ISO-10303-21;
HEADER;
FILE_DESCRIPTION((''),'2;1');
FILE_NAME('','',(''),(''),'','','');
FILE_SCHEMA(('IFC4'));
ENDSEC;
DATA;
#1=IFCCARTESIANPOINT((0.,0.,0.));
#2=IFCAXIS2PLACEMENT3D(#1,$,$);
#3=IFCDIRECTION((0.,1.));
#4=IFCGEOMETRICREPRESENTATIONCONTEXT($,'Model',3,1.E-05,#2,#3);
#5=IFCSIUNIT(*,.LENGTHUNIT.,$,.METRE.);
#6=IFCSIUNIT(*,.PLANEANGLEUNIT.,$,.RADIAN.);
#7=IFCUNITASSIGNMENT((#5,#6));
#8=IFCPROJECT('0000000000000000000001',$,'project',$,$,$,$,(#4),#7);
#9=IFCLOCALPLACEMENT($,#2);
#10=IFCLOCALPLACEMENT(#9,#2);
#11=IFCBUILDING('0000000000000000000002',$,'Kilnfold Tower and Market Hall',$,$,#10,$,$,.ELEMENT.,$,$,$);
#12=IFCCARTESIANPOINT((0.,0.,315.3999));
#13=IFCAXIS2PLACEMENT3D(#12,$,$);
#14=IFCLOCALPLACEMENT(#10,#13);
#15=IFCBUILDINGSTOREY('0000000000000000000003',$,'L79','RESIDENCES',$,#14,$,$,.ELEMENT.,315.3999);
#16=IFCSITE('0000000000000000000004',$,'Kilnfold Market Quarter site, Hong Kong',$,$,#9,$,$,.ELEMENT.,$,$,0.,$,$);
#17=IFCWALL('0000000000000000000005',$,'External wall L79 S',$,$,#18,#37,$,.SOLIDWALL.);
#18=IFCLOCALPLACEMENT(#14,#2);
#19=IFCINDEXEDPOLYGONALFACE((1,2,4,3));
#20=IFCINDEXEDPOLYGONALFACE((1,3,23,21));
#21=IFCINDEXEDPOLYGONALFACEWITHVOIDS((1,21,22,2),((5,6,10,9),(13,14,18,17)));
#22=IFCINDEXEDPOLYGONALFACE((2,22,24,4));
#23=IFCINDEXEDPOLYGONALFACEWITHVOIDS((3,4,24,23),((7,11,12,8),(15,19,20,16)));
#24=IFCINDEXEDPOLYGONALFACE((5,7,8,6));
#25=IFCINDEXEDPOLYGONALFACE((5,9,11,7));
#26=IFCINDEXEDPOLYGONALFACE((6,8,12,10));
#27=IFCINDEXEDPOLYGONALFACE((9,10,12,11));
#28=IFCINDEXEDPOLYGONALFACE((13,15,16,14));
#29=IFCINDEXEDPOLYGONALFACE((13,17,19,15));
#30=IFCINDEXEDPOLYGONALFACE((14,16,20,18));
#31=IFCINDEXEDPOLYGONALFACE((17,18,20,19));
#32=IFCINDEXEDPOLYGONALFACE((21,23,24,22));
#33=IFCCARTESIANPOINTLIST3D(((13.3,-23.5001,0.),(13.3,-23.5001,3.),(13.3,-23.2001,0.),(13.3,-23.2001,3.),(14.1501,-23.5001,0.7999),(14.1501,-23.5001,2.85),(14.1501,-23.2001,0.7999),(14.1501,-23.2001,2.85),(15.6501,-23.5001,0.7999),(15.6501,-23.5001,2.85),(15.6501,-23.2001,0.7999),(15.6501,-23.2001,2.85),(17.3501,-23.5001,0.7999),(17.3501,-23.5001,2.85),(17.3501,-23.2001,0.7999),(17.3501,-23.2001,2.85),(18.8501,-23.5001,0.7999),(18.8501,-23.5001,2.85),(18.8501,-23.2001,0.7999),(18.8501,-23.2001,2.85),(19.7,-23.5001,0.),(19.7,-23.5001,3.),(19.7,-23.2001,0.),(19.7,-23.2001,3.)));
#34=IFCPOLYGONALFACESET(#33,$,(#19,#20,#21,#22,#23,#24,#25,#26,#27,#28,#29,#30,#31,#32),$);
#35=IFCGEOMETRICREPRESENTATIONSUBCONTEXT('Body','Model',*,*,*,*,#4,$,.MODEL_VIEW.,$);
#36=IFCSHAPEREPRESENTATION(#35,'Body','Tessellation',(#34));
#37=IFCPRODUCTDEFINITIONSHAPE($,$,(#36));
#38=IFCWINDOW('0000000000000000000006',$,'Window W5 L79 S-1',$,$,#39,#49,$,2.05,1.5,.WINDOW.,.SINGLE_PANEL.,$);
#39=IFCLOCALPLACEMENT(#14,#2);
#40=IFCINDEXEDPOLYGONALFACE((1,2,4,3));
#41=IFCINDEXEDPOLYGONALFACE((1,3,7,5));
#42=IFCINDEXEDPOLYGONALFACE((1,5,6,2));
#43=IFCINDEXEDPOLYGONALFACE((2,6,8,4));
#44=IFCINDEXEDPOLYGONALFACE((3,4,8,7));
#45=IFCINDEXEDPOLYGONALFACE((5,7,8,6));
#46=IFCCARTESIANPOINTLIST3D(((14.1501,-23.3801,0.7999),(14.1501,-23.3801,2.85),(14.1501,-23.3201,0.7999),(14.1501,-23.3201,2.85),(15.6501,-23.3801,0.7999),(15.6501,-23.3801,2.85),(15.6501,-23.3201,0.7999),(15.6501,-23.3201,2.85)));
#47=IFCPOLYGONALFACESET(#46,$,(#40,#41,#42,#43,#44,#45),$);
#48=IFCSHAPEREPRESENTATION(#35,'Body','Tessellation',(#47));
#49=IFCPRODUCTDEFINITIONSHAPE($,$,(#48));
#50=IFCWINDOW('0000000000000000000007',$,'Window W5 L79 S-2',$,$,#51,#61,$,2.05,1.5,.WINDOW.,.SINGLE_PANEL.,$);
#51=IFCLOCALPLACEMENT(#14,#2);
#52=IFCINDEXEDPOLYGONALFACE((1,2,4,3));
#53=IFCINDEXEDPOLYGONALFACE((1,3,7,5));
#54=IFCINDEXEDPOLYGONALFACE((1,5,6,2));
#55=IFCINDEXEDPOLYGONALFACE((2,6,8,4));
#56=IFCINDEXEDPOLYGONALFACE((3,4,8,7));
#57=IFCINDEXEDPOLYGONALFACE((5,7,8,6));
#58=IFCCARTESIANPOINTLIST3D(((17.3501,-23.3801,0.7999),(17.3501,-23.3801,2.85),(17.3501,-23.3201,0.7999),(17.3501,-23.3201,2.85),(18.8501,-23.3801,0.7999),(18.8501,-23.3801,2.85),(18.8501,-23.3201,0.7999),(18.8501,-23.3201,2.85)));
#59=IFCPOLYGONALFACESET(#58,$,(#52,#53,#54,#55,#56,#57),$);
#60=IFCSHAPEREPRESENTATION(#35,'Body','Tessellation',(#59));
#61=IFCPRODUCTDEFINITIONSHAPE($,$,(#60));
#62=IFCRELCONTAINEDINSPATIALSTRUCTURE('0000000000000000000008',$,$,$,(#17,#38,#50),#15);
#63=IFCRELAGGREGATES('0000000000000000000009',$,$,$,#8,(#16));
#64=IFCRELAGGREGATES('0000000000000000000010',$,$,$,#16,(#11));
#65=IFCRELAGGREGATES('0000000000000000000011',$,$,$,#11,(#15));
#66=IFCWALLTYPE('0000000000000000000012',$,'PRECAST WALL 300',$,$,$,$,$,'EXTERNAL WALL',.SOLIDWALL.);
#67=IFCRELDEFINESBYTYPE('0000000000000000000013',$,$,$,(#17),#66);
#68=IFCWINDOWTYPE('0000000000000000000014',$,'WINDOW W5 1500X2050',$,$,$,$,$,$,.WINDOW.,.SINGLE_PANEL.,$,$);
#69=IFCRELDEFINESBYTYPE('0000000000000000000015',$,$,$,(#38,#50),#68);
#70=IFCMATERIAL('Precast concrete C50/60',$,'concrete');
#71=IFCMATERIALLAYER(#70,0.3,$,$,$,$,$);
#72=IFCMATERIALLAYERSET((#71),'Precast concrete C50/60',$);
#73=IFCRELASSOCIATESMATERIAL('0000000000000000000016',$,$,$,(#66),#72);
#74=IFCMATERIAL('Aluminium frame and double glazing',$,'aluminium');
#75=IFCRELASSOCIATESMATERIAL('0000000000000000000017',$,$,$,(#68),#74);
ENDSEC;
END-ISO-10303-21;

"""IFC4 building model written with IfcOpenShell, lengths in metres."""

from ifc_helpers import new_model, si_unit, direction, frame, frame_2d, origin, place, context, subcontext, project, spatial, rectangle, extrude, source, transform, mapped, material, layer, layer_set, type_object, element, fill, save


model = new_model("IFC4")

# Units and contexts
model_context = context("Model", 3, precision=1e-05, world=origin(), true_north=direction((0.0, 1.0)))
body_context = subcontext(model_context, "Body", "Model", "MODEL_VIEW")
ifc_project = project(units=[si_unit("LENGTHUNIT", "METRE"), si_unit("PLANEANGLEUNIT", "RADIAN")], contexts=[model_context])

# Site, building, storey
site_placement = place(None, origin())
site = spatial("IfcSite", under=ifc_project, at=site_placement, Name="Kilnfold Market Quarter site, Hong Kong", CompositionType="ELEMENT", RefElevation=0.0)
building_placement = place(site_placement, origin())
building = spatial("IfcBuilding", under=site, at=building_placement, Name="Kilnfold Tower and Market Hall", CompositionType="ELEMENT")
storey_placement = place(building_placement, frame((0.0, 0.0, 315.3999)))
storey = spatial("IfcBuildingStorey", under=building, at=storey_placement, Name="L79", Description="RESIDENCES", CompositionType="ELEMENT", Elevation=315.3999)

# Wall, openings, windows
ifc_material_1 = material(Name="Precast concrete C50/60", Category="concrete")
ifc_layer_1 = layer(ifc_material_1, 0.3)
ifc_layer_set_1 = layer_set([ifc_layer_1], Name="Precast concrete C50/60")
wall_type_1 = type_object("IfcWallType", Name="PRECAST WALL 300", ElementType="EXTERNAL WALL", PredefinedType="SOLIDWALL", material=ifc_layer_set_1)
shared_shape_1 = source(origin(), body_context, "Body", "SweptSolid", [
    extrude(rectangle(XDim=6.3999, YDim=0.3, at=frame_2d((3.2, 0.0))), origin(), (0.0, 0.0, 1.0), 3.0),
])
ifc_material_2 = material(Name="Aluminium frame and double glazing", Category="aluminium")
window_type = type_object("IfcWindowType", Name="WINDOW W5 1500X2050", PartitioningType="SINGLE_PANEL", PredefinedType="WINDOW", material=ifc_material_2)
wall_1_placement = place(storey_placement, frame((13.3, -23.3501, 0.0), z_axis=(0.0, 0.0, 1.0), x_axis=(1.0, 0.0, 0.0)))
wall_1 = element("IfcWall", 1, at=wall_1_placement, inside=storey, type_object=wall_type_1, Name="External wall L79 S", PredefinedType="SOLIDWALL", context=body_context, shape_type="MappedRepresentation", body=[
    mapped(shared_shape_1, transform((0.0, 0.0, 0.0))),
])
opening_1_placement = place(wall_1_placement, frame((0.8501, 0.0, 0.8)))
opening_1 = element("IfcOpeningElement", 2, at=opening_1_placement, cuts=wall_1, PredefinedType="OPENING", context=body_context, shape_type="SweptSolid", body=[
    extrude(rectangle(XDim=1.5, YDim=2.05, at=frame_2d((0.75, 1.0249))), frame((0.0, 0.1602, 0.0), z_axis=(0.0, -1.0, 0.0), x_axis=(1.0, 0.0, 0.0)), (0.0, 0.0, 1.0), 0.3201),
])
opening_2_placement = place(wall_1_placement, frame((4.05, 0.0, 0.8)))
opening_2 = element("IfcOpeningElement", 3, at=opening_2_placement, cuts=wall_1, PredefinedType="OPENING", context=body_context, shape_type="SweptSolid", body=[
    extrude(rectangle(XDim=1.5, YDim=2.05, at=frame_2d((0.75, 1.0249))), frame((0.0, 0.1602, 0.0), z_axis=(0.0, -1.0, 0.0), x_axis=(1.0, 0.0, 0.0)), (0.0, 0.0, 1.0), 0.3201),
])
window_1_placement = place(opening_1_placement, origin())
window_1 = element("IfcWindow", 4, at=window_1_placement, inside=storey, type_object=window_type, Name="Window W5 L79 S-1", OverallHeight=2.05, OverallWidth=1.5, PartitioningType="SINGLE_PANEL", PredefinedType="WINDOW", context=body_context, shape_type="SweptSolid", body=[
    extrude(rectangle(XDim=1.5, YDim=2.05, at=frame_2d((0.75, 1.0249))), frame((0.0, 0.03, 0.0), z_axis=(0.0, -1.0, 0.0), x_axis=(1.0, 0.0, 0.0)), (0.0, 0.0, 1.0), 0.0601),
])
fill(opening_1, window_1)
window_2_placement = place(opening_2_placement, origin())
window_2 = element("IfcWindow", 5, at=window_2_placement, inside=storey, type_object=window_type, Name="Window W5 L79 S-2", OverallHeight=2.05, OverallWidth=1.5, PartitioningType="SINGLE_PANEL", PredefinedType="WINDOW", context=body_context, shape_type="SweptSolid", body=[
    extrude(rectangle(XDim=1.5, YDim=2.05, at=frame_2d((0.75, 1.0249))), frame((0.0, 0.03, 0.0), z_axis=(0.0, -1.0, 0.0), x_axis=(1.0, 0.0, 0.0)), (0.0, 0.0, 1.0), 0.0601),
])
fill(opening_2, window_2)

save(model, "model.ifc")
